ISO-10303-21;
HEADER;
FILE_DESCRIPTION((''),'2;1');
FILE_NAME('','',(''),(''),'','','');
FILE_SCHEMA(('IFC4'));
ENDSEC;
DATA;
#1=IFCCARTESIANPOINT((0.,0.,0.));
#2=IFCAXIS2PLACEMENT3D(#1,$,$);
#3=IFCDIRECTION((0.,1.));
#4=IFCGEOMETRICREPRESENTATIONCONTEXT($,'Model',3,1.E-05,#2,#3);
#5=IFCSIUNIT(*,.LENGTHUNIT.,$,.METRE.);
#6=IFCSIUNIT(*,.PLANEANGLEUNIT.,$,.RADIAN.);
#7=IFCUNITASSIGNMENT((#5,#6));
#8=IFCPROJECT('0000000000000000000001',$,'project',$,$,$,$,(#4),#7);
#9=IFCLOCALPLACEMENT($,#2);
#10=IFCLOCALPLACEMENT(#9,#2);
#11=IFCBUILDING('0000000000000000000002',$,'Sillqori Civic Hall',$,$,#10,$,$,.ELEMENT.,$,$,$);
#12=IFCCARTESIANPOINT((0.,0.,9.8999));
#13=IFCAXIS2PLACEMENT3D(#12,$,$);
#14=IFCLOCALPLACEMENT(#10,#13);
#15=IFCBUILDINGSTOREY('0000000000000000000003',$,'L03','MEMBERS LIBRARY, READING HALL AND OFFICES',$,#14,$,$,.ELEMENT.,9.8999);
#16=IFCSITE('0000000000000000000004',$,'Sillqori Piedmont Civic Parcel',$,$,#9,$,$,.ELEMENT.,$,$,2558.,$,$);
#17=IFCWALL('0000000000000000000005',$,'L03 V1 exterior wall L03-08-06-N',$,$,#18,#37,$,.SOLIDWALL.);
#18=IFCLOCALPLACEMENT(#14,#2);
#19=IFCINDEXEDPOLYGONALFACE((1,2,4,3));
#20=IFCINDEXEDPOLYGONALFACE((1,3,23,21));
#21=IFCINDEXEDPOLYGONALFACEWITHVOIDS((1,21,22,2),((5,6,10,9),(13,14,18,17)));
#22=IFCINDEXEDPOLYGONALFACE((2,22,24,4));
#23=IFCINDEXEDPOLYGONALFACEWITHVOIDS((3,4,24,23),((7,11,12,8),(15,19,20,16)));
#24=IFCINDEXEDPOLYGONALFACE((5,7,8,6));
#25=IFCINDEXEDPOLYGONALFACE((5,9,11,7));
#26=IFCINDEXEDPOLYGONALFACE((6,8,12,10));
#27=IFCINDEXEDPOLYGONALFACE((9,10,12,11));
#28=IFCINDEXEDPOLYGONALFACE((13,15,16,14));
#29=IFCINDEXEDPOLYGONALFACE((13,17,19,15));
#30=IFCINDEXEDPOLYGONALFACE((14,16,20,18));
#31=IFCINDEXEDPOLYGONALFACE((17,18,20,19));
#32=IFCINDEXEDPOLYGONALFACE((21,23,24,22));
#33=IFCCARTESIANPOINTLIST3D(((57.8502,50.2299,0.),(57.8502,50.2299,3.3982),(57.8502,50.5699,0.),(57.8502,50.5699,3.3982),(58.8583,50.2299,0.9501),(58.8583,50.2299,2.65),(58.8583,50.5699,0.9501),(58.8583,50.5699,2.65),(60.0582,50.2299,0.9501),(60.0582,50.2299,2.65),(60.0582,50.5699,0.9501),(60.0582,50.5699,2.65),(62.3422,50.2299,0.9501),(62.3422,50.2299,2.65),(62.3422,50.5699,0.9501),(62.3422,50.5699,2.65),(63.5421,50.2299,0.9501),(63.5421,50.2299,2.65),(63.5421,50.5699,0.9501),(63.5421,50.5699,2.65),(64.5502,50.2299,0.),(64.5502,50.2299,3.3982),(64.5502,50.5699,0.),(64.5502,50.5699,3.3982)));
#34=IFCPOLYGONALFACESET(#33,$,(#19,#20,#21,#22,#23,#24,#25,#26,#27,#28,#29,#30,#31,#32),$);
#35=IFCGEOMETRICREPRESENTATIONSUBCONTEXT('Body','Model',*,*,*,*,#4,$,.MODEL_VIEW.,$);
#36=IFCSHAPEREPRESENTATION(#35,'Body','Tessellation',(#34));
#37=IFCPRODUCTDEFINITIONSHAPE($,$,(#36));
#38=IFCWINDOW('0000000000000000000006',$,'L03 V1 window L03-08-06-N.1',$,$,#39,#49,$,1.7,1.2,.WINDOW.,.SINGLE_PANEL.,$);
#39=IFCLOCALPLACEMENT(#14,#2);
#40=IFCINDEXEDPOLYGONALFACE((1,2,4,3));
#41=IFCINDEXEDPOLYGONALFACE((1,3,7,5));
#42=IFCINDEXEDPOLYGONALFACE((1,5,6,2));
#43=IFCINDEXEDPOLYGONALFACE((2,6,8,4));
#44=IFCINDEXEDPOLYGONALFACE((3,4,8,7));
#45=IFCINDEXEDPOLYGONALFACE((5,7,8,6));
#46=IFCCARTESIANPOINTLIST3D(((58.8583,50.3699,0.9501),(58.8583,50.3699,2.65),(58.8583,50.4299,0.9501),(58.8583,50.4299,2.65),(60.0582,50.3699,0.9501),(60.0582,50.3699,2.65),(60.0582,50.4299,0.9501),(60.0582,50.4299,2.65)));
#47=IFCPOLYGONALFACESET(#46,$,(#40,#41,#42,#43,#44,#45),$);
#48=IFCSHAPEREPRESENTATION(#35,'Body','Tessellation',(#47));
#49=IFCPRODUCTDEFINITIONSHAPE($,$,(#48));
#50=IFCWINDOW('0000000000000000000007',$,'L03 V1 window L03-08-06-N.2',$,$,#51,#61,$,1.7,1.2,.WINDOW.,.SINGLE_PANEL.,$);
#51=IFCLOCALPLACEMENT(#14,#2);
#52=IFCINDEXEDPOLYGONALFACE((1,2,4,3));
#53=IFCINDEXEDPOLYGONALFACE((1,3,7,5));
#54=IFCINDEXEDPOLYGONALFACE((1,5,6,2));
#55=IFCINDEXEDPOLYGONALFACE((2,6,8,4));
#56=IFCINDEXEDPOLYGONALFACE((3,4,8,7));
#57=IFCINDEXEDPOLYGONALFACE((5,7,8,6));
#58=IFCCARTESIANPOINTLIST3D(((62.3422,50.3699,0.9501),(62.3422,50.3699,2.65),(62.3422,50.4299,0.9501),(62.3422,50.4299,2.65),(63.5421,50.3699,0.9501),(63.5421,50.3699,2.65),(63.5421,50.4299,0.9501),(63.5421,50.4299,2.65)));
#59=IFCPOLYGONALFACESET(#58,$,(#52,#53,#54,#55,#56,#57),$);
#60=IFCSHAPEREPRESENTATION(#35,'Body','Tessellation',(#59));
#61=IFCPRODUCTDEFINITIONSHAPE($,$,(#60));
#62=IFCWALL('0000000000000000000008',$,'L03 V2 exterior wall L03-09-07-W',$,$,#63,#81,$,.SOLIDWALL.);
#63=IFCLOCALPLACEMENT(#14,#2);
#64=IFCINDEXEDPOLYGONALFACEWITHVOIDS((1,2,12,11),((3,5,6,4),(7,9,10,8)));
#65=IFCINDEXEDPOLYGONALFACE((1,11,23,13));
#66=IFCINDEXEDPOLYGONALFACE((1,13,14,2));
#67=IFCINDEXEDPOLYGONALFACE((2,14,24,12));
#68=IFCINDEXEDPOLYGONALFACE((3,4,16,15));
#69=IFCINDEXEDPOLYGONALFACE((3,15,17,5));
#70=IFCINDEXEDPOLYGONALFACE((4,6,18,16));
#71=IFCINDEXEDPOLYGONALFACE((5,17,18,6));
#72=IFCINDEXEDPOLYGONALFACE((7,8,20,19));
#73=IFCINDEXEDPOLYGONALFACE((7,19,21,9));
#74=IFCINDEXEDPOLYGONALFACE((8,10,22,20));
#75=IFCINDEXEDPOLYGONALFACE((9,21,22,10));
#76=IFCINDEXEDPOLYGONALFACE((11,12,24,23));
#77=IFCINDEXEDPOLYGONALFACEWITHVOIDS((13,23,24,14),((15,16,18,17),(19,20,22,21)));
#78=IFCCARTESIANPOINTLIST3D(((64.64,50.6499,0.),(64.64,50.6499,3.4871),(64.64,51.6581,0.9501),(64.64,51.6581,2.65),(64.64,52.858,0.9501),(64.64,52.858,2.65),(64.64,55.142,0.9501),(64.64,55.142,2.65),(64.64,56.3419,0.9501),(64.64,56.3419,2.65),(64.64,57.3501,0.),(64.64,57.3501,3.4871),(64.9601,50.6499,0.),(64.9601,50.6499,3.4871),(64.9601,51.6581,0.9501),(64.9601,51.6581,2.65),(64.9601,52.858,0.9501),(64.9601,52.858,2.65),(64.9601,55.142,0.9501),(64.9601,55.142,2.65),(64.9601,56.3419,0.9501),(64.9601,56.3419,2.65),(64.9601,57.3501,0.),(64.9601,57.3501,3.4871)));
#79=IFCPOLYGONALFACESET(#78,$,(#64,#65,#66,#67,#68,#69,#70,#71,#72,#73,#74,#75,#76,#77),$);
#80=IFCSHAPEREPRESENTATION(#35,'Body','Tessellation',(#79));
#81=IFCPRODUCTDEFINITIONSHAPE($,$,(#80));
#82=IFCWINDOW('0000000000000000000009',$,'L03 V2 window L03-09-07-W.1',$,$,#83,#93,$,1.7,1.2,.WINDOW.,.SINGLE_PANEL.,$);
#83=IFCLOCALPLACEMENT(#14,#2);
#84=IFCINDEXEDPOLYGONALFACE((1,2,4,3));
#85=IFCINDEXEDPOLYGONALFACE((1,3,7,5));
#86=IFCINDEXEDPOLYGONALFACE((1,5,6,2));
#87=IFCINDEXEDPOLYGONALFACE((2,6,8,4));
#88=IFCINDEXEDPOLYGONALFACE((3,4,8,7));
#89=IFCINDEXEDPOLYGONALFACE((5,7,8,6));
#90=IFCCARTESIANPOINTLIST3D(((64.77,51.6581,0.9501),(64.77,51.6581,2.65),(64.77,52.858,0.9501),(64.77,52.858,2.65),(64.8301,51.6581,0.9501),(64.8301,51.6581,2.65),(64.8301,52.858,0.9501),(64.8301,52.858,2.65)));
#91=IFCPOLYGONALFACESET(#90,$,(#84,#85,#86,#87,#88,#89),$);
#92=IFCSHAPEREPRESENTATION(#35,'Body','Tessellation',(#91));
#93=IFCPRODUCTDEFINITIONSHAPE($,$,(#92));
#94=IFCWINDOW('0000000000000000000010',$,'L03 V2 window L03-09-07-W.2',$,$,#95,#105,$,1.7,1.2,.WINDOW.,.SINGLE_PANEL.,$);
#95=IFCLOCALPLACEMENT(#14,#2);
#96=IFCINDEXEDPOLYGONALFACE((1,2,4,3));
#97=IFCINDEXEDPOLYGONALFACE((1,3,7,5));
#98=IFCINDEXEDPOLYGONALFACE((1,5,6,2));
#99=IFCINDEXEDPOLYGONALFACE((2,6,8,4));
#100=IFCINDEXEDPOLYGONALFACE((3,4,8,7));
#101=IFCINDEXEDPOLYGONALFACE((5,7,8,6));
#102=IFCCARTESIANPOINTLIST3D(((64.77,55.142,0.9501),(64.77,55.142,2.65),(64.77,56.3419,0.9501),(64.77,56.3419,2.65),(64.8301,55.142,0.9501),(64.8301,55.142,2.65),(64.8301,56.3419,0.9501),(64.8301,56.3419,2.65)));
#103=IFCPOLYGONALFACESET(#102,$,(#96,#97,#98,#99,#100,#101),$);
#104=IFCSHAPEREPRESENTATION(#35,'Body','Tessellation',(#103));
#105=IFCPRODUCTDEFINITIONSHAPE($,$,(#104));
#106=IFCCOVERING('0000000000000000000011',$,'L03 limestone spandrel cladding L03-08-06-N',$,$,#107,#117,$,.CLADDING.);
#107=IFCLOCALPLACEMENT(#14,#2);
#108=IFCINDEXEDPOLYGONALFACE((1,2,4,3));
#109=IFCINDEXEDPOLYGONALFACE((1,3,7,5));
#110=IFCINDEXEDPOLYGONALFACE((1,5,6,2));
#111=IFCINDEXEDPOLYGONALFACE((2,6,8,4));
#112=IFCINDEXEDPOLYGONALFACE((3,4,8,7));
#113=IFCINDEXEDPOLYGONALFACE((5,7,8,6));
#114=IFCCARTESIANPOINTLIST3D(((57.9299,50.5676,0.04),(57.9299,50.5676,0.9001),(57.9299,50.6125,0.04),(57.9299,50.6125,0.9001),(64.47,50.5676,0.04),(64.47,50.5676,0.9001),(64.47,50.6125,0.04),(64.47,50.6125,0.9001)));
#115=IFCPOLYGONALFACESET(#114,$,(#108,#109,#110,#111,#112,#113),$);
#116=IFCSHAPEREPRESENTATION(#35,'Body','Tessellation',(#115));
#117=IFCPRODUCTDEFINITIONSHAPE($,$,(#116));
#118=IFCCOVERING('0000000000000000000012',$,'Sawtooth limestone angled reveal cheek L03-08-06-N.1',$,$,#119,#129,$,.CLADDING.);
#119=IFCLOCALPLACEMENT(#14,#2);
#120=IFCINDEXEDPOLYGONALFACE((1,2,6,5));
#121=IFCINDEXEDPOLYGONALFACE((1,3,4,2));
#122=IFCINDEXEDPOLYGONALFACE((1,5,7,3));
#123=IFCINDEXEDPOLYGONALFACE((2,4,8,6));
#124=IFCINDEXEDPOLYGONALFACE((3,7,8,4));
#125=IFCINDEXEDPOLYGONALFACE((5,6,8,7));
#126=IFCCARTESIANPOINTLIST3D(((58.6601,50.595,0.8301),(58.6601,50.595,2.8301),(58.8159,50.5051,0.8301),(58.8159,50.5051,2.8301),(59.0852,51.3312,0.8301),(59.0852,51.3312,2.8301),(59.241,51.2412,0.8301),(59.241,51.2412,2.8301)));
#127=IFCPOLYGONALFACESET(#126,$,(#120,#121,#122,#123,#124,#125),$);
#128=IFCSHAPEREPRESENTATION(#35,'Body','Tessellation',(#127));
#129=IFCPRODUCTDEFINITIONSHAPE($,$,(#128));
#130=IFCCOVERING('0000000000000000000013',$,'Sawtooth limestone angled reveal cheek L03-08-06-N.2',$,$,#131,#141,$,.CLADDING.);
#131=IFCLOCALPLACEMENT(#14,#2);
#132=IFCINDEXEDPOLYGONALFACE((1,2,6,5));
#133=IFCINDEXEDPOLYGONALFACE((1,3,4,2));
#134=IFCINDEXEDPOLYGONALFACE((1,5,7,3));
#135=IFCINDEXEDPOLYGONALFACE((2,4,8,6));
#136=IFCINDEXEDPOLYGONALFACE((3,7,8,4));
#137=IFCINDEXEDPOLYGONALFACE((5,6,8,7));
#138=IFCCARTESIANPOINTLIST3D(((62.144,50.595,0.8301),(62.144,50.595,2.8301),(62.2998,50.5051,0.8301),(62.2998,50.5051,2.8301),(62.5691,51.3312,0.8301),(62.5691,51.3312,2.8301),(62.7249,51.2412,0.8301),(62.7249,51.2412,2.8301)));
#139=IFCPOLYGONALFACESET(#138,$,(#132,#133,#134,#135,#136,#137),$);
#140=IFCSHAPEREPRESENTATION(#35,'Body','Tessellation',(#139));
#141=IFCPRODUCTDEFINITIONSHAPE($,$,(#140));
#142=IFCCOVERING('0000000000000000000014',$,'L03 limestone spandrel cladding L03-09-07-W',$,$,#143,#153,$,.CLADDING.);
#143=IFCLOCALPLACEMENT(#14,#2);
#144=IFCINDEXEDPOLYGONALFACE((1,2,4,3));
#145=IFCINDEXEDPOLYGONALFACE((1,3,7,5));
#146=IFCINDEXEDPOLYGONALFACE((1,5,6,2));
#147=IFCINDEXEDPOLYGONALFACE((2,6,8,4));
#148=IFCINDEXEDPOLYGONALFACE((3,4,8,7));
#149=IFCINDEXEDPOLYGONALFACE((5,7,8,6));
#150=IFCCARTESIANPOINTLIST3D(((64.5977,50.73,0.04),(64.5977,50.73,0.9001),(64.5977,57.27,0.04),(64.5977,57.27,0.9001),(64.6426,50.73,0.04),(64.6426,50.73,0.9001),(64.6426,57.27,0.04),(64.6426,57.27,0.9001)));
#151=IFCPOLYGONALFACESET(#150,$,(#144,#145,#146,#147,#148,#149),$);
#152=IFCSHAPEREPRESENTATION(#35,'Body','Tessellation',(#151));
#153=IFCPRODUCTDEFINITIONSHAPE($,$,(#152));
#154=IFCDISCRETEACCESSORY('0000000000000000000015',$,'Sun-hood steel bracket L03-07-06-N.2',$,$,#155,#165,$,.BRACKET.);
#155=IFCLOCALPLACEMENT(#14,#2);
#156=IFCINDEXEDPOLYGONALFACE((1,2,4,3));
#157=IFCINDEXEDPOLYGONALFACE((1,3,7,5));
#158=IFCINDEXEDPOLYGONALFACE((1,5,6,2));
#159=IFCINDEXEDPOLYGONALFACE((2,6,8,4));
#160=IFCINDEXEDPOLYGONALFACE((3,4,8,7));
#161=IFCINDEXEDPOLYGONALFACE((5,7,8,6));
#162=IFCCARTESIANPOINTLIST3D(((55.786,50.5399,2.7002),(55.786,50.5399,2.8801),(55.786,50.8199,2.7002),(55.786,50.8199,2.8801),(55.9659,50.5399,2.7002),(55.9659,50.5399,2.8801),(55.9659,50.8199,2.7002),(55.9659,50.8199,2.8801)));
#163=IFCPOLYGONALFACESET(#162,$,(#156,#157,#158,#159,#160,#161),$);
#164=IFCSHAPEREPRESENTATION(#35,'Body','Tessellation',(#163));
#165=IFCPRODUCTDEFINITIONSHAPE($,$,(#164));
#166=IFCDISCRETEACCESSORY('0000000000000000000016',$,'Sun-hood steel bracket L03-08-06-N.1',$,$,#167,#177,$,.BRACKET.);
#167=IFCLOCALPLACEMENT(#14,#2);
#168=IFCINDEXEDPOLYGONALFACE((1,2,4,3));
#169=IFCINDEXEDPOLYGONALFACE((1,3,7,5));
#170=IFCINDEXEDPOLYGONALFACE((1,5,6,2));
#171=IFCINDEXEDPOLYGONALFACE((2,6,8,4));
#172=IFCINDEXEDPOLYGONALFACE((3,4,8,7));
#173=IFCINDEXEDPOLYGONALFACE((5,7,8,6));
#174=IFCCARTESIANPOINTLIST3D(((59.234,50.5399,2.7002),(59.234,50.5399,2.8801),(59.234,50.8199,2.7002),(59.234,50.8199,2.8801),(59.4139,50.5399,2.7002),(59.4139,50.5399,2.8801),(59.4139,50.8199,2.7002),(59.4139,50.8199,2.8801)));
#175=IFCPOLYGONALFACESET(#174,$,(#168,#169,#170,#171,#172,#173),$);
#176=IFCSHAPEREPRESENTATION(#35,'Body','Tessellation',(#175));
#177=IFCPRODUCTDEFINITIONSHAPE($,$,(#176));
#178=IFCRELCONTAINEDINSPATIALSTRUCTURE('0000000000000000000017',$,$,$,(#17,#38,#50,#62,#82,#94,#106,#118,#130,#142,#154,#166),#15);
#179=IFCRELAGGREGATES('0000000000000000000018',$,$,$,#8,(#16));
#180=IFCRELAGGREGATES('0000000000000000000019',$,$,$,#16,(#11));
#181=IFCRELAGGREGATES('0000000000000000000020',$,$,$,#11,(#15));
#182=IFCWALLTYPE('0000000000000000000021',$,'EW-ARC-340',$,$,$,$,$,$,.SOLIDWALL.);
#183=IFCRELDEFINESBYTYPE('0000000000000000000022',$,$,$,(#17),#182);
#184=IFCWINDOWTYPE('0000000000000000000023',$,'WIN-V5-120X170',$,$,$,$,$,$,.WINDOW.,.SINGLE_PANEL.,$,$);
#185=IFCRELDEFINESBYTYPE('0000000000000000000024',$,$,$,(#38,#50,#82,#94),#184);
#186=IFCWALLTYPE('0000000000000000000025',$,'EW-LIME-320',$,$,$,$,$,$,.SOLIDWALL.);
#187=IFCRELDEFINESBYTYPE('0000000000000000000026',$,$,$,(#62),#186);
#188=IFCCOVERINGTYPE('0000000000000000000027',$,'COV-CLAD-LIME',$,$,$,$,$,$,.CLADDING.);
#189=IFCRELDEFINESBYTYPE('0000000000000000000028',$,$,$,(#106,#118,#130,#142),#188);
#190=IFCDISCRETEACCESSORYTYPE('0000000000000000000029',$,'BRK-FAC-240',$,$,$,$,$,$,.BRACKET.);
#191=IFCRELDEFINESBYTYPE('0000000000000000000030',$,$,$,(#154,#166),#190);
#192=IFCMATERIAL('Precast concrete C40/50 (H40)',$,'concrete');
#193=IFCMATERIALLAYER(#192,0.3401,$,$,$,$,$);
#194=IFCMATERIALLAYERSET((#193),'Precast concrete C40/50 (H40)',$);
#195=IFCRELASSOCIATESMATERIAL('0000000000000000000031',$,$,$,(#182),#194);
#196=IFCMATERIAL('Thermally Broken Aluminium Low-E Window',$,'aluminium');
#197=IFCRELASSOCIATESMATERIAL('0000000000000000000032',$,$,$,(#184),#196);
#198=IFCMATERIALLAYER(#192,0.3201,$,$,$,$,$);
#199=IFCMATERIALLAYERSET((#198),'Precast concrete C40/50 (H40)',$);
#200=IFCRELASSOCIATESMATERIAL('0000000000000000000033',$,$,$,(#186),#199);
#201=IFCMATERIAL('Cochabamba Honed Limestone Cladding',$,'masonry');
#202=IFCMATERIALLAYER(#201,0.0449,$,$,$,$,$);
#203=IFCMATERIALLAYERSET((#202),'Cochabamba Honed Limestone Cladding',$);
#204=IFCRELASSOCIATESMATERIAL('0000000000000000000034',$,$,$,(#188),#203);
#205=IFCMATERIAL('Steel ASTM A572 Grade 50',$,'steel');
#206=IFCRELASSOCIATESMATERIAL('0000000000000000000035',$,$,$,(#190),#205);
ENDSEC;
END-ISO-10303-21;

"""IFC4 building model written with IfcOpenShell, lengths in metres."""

from ifc_helpers import new_model, si_unit, direction, frame, frame_2d, origin, origin_2d, place, context, subcontext, project, spatial, rectangle, extrude, material, layer, layer_set, type_object, element, fill, save


model = new_model("IFC4")

# Units and contexts
model_context = context("Model", 3, precision=1e-05, world=origin(), true_north=direction((0.0, 1.0)))
body_context = subcontext(model_context, "Body", "Model", "MODEL_VIEW")
ifc_project = project(units=[si_unit("LENGTHUNIT", "METRE"), si_unit("PLANEANGLEUNIT", "RADIAN")], contexts=[model_context])

# Site, building, storey
site_placement = place(None, origin())
site = spatial("IfcSite", under=ifc_project, at=site_placement, Name="Sillqori Piedmont Civic Parcel", CompositionType="ELEMENT", RefElevation=2558.0)
building_placement = place(site_placement, origin())
building = spatial("IfcBuilding", under=site, at=building_placement, Name="Sillqori Civic Hall", CompositionType="ELEMENT")
storey_placement = place(building_placement, frame((0.0, 0.0, 9.8999)))
storey = spatial("IfcBuildingStorey", under=building, at=storey_placement, Name="L03", Description="MEMBERS LIBRARY, READING HALL AND OFFICES", CompositionType="ELEMENT", Elevation=9.8999)

# Walls, openings, windows
ifc_material_1 = material(Name="Precast concrete C40/50 (H40)", Category="concrete")
ifc_layer_1 = layer(ifc_material_1, 0.3401)
ifc_layer_set_1 = layer_set([ifc_layer_1], Name="Precast concrete C40/50 (H40)")
wall_type_1 = type_object("IfcWallType", Name="EW-ARC-340", PredefinedType="SOLIDWALL", material=ifc_layer_set_1)
wall_1_placement = place(storey_placement, frame((57.8501, 50.3999, 0.0), z_axis=(0.0, 0.0, 1.0), x_axis=(1.0, 0.0, 0.0)))
wall_1 = element("IfcWall", 1, at=wall_1_placement, inside=storey, type_object=wall_type_1, Name="L03 V1 exterior wall L03-08-06-N", PredefinedType="SOLIDWALL", context=body_context, shape_type="SweptSolid", body=[
    extrude(rectangle(XDim=6.7, YDim=0.3401, at=frame_2d((3.3501, 0.0))), origin(), (0.0, 0.0, 1.0), 3.3982),
])
opening_1_placement = place(wall_1_placement, frame((1.0081, 0.0, 0.95)))
opening_1 = element("IfcOpeningElement", 2, at=opening_1_placement, cuts=wall_1, PredefinedType="OPENING", context=body_context, shape_type="SweptSolid", body=[
    extrude(rectangle(XDim=1.2, YDim=1.7, at=frame_2d((0.6001, 0.8501))), frame((0.0, 0.1799, 0.0), z_axis=(0.0, -1.0, 0.0), x_axis=(1.0, 0.0, 0.0)), (0.0, 0.0, 1.0), 0.3601),
])
opening_2_placement = place(wall_1_placement, frame((4.4919, 0.0, 0.95)))
opening_2 = element("IfcOpeningElement", 3, at=opening_2_placement, cuts=wall_1, PredefinedType="OPENING", context=body_context, shape_type="SweptSolid", body=[
    extrude(rectangle(XDim=1.2, YDim=1.7, at=frame_2d((0.6001, 0.8501))), frame((0.0, 0.1799, 0.0), z_axis=(0.0, -1.0, 0.0), x_axis=(1.0, 0.0, 0.0)), (0.0, 0.0, 1.0), 0.3601),
])
ifc_material_2 = material(Name="Thermally Broken Aluminium Low-E Window", Category="aluminium")
window_type = type_object("IfcWindowType", Name="WIN-V5-120X170", PartitioningType="SINGLE_PANEL", PredefinedType="WINDOW", material=ifc_material_2)
window_1_placement = place(opening_1_placement, origin())
window_1 = element("IfcWindow", 4, at=window_1_placement, inside=storey, type_object=window_type, Name="L03 V1 window L03-08-06-N.1", OverallHeight=1.7, OverallWidth=1.2, PartitioningType="SINGLE_PANEL", PredefinedType="WINDOW", context=body_context, shape_type="SweptSolid", body=[
    extrude(rectangle(XDim=1.2, YDim=1.7, at=frame_2d((0.6001, 0.8501))), frame((0.0, 0.03, 0.0), z_axis=(0.0, -1.0, 0.0), x_axis=(1.0, 0.0, 0.0)), (0.0, 0.0, 1.0), 0.0601),
])
fill(opening_1, window_1)
window_2_placement = place(opening_2_placement, origin())
window_2 = element("IfcWindow", 5, at=window_2_placement, inside=storey, type_object=window_type, Name="L03 V1 window L03-08-06-N.2", OverallHeight=1.7, OverallWidth=1.2, PartitioningType="SINGLE_PANEL", PredefinedType="WINDOW", context=body_context, shape_type="SweptSolid", body=[
    extrude(rectangle(XDim=1.2, YDim=1.7, at=frame_2d((0.6001, 0.8501))), frame((0.0, 0.03, 0.0), z_axis=(0.0, -1.0, 0.0), x_axis=(1.0, 0.0, 0.0)), (0.0, 0.0, 1.0), 0.0601),
])
fill(opening_2, window_2)
ifc_layer_2 = layer(ifc_material_1, 0.3201)
ifc_layer_set_2 = layer_set([ifc_layer_2], Name="Precast concrete C40/50 (H40)")
wall_type_2 = type_object("IfcWallType", Name="EW-LIME-320", PredefinedType="SOLIDWALL", material=ifc_layer_set_2)
wall_2_placement = place(storey_placement, frame((64.8, 50.6499, 0.0), z_axis=(0.0, 0.0, 1.0), x_axis=(0.0, 1.0, 0.0)))
wall_2 = element("IfcWall", 6, at=wall_2_placement, inside=storey, type_object=wall_type_2, Name="L03 V2 exterior wall L03-09-07-W", PredefinedType="SOLIDWALL", context=body_context, shape_type="SweptSolid", body=[
    extrude(rectangle(XDim=6.7002, YDim=0.3201, at=frame_2d((3.3501, 0.0))), origin(), (0.0, 0.0, 1.0), 3.4871),
])
opening_3_placement = place(wall_2_placement, frame((1.0081, 0.0, 0.95)))
opening_3 = element("IfcOpeningElement", 7, at=opening_3_placement, cuts=wall_2, PredefinedType="OPENING", context=body_context, shape_type="SweptSolid", body=[
    extrude(rectangle(XDim=1.2, YDim=1.7, at=frame_2d((0.6001, 0.8501))), frame((0.0, 0.1699, 0.0), z_axis=(0.0, -1.0, 0.0), x_axis=(1.0, 0.0, 0.0)), (0.0, 0.0, 1.0), 0.3401),
])
opening_4_placement = place(wall_2_placement, frame((4.4919, 0.0, 0.95)))
opening_4 = element("IfcOpeningElement", 8, at=opening_4_placement, cuts=wall_2, PredefinedType="OPENING", context=body_context, shape_type="SweptSolid", body=[
    extrude(rectangle(XDim=1.2, YDim=1.7, at=frame_2d((0.6001, 0.8501))), frame((0.0, 0.1699, 0.0), z_axis=(0.0, -1.0, 0.0), x_axis=(1.0, 0.0, 0.0)), (0.0, 0.0, 1.0), 0.3401),
])
window_3_placement = place(opening_3_placement, origin())
window_3 = element("IfcWindow", 9, at=window_3_placement, inside=storey, type_object=window_type, Name="L03 V2 window L03-09-07-W.1", OverallHeight=1.7, OverallWidth=1.2, PartitioningType="SINGLE_PANEL", PredefinedType="WINDOW", context=body_context, shape_type="SweptSolid", body=[
    extrude(rectangle(XDim=1.2, YDim=1.7, at=frame_2d((0.6001, 0.8501))), frame((0.0, 0.03, 0.0), z_axis=(0.0, -1.0, 0.0), x_axis=(1.0, 0.0, 0.0)), (0.0, 0.0, 1.0), 0.0601),
])
fill(opening_3, window_3)
window_4_placement = place(opening_4_placement, origin())
window_4 = element("IfcWindow", 10, at=window_4_placement, inside=storey, type_object=window_type, Name="L03 V2 window L03-09-07-W.2", OverallHeight=1.7, OverallWidth=1.2, PartitioningType="SINGLE_PANEL", PredefinedType="WINDOW", context=body_context, shape_type="SweptSolid", body=[
    extrude(rectangle(XDim=1.2, YDim=1.7, at=frame_2d((0.6001, 0.8501))), frame((0.0, 0.03, 0.0), z_axis=(0.0, -1.0, 0.0), x_axis=(1.0, 0.0, 0.0)), (0.0, 0.0, 1.0), 0.0601),
])
fill(opening_4, window_4)

# Coverings
ifc_material_3 = material(Name="Cochabamba Honed Limestone Cladding", Category="masonry")
ifc_layer_3 = layer(ifc_material_3, 0.0449)
ifc_layer_set_3 = layer_set([ifc_layer_3], Name="Cochabamba Honed Limestone Cladding")
covering_type = type_object("IfcCoveringType", Name="COV-CLAD-LIME", PredefinedType="CLADDING", material=ifc_layer_set_3)
covering_1_placement = place(storey_placement, frame((57.9299, 50.5901, 0.04), z_axis=(0.0, 0.0, 1.0), x_axis=(1.0, 0.0, 0.0)))
element("IfcCovering", 11, at=covering_1_placement, inside=storey, type_object=covering_type, Name="L03 limestone spandrel cladding L03-08-06-N", PredefinedType="CLADDING", context=body_context, shape_type="SweptSolid", body=[
    extrude(rectangle(XDim=6.54, YDim=0.0449, at=frame_2d((3.27, 0.0))), origin(), (0.0, 0.0, 1.0), 0.8601),
])
for number, where, z_axis, x_axis, name in (
    (12, (58.738, 50.55, 0.8301), (0.0, 0.0, 1.0), (0.500062, 0.865989, 0.0), "Sawtooth limestone angled reveal cheek L03-08-06-N.1"),
    (13, (62.2219, 50.55, 0.8301), (0.0, 0.0, 1.0), (0.500062, 0.865989, 0.0), "Sawtooth limestone angled reveal cheek L03-08-06-N.2"),
):
    element("IfcCovering", number, at=place(storey_placement, frame(where, z_axis=z_axis, x_axis=x_axis)), inside=storey, type_object=covering_type, Name=name, PredefinedType="CLADDING", context=body_context, shape_type="SweptSolid", body=[
        extrude(rectangle(XDim=0.8501, YDim=0.1799, at=frame_2d((0.425, 0.0))), origin(), (0.0, 0.0, 1.0), 2.0),
    ])
covering_2_placement = place(storey_placement, frame((64.6201, 50.73, 0.04), z_axis=(0.0, 0.0, 1.0), x_axis=(0.0, 1.0, 0.0)))
element("IfcCovering", 14, at=covering_2_placement, inside=storey, type_object=covering_type, Name="L03 limestone spandrel cladding L03-09-07-W", PredefinedType="CLADDING", context=body_context, shape_type="SweptSolid", body=[
    extrude(rectangle(XDim=6.54, YDim=0.0449, at=frame_2d((3.27, 0.0))), origin(), (0.0, 0.0, 1.0), 0.8601),
])

# Discrete accessories
ifc_material_4 = material(Name="Steel ASTM A572 Grade 50", Category="steel")
discrete_accessory_type = type_object("IfcDiscreteAccessoryType", Name="BRK-FAC-240", PredefinedType="BRACKET", material=ifc_material_4)
for number, where, z_axis, x_axis, name in (
    (15, (55.876, 50.6799, 2.7002), (0.0, 0.0, 1.0), (1.0, 0.0, 0.0), "Sun-hood steel bracket L03-07-06-N.2"),
    (16, (59.324, 50.6799, 2.7002), (0.0, 0.0, 1.0), (1.0, 0.0, 0.0), "Sun-hood steel bracket L03-08-06-N.1"),
):
    element("IfcDiscreteAccessory", number, at=place(storey_placement, frame(where, z_axis=z_axis, x_axis=x_axis)), inside=storey, type_object=discrete_accessory_type, Name=name, PredefinedType="BRACKET", context=body_context, shape_type="SweptSolid", body=[
        extrude(rectangle(XDim=0.1799, YDim=0.28, at=origin_2d()), origin(), (0.0, 0.0, 1.0), 0.1799),
    ])

save(model, "model.ifc")
